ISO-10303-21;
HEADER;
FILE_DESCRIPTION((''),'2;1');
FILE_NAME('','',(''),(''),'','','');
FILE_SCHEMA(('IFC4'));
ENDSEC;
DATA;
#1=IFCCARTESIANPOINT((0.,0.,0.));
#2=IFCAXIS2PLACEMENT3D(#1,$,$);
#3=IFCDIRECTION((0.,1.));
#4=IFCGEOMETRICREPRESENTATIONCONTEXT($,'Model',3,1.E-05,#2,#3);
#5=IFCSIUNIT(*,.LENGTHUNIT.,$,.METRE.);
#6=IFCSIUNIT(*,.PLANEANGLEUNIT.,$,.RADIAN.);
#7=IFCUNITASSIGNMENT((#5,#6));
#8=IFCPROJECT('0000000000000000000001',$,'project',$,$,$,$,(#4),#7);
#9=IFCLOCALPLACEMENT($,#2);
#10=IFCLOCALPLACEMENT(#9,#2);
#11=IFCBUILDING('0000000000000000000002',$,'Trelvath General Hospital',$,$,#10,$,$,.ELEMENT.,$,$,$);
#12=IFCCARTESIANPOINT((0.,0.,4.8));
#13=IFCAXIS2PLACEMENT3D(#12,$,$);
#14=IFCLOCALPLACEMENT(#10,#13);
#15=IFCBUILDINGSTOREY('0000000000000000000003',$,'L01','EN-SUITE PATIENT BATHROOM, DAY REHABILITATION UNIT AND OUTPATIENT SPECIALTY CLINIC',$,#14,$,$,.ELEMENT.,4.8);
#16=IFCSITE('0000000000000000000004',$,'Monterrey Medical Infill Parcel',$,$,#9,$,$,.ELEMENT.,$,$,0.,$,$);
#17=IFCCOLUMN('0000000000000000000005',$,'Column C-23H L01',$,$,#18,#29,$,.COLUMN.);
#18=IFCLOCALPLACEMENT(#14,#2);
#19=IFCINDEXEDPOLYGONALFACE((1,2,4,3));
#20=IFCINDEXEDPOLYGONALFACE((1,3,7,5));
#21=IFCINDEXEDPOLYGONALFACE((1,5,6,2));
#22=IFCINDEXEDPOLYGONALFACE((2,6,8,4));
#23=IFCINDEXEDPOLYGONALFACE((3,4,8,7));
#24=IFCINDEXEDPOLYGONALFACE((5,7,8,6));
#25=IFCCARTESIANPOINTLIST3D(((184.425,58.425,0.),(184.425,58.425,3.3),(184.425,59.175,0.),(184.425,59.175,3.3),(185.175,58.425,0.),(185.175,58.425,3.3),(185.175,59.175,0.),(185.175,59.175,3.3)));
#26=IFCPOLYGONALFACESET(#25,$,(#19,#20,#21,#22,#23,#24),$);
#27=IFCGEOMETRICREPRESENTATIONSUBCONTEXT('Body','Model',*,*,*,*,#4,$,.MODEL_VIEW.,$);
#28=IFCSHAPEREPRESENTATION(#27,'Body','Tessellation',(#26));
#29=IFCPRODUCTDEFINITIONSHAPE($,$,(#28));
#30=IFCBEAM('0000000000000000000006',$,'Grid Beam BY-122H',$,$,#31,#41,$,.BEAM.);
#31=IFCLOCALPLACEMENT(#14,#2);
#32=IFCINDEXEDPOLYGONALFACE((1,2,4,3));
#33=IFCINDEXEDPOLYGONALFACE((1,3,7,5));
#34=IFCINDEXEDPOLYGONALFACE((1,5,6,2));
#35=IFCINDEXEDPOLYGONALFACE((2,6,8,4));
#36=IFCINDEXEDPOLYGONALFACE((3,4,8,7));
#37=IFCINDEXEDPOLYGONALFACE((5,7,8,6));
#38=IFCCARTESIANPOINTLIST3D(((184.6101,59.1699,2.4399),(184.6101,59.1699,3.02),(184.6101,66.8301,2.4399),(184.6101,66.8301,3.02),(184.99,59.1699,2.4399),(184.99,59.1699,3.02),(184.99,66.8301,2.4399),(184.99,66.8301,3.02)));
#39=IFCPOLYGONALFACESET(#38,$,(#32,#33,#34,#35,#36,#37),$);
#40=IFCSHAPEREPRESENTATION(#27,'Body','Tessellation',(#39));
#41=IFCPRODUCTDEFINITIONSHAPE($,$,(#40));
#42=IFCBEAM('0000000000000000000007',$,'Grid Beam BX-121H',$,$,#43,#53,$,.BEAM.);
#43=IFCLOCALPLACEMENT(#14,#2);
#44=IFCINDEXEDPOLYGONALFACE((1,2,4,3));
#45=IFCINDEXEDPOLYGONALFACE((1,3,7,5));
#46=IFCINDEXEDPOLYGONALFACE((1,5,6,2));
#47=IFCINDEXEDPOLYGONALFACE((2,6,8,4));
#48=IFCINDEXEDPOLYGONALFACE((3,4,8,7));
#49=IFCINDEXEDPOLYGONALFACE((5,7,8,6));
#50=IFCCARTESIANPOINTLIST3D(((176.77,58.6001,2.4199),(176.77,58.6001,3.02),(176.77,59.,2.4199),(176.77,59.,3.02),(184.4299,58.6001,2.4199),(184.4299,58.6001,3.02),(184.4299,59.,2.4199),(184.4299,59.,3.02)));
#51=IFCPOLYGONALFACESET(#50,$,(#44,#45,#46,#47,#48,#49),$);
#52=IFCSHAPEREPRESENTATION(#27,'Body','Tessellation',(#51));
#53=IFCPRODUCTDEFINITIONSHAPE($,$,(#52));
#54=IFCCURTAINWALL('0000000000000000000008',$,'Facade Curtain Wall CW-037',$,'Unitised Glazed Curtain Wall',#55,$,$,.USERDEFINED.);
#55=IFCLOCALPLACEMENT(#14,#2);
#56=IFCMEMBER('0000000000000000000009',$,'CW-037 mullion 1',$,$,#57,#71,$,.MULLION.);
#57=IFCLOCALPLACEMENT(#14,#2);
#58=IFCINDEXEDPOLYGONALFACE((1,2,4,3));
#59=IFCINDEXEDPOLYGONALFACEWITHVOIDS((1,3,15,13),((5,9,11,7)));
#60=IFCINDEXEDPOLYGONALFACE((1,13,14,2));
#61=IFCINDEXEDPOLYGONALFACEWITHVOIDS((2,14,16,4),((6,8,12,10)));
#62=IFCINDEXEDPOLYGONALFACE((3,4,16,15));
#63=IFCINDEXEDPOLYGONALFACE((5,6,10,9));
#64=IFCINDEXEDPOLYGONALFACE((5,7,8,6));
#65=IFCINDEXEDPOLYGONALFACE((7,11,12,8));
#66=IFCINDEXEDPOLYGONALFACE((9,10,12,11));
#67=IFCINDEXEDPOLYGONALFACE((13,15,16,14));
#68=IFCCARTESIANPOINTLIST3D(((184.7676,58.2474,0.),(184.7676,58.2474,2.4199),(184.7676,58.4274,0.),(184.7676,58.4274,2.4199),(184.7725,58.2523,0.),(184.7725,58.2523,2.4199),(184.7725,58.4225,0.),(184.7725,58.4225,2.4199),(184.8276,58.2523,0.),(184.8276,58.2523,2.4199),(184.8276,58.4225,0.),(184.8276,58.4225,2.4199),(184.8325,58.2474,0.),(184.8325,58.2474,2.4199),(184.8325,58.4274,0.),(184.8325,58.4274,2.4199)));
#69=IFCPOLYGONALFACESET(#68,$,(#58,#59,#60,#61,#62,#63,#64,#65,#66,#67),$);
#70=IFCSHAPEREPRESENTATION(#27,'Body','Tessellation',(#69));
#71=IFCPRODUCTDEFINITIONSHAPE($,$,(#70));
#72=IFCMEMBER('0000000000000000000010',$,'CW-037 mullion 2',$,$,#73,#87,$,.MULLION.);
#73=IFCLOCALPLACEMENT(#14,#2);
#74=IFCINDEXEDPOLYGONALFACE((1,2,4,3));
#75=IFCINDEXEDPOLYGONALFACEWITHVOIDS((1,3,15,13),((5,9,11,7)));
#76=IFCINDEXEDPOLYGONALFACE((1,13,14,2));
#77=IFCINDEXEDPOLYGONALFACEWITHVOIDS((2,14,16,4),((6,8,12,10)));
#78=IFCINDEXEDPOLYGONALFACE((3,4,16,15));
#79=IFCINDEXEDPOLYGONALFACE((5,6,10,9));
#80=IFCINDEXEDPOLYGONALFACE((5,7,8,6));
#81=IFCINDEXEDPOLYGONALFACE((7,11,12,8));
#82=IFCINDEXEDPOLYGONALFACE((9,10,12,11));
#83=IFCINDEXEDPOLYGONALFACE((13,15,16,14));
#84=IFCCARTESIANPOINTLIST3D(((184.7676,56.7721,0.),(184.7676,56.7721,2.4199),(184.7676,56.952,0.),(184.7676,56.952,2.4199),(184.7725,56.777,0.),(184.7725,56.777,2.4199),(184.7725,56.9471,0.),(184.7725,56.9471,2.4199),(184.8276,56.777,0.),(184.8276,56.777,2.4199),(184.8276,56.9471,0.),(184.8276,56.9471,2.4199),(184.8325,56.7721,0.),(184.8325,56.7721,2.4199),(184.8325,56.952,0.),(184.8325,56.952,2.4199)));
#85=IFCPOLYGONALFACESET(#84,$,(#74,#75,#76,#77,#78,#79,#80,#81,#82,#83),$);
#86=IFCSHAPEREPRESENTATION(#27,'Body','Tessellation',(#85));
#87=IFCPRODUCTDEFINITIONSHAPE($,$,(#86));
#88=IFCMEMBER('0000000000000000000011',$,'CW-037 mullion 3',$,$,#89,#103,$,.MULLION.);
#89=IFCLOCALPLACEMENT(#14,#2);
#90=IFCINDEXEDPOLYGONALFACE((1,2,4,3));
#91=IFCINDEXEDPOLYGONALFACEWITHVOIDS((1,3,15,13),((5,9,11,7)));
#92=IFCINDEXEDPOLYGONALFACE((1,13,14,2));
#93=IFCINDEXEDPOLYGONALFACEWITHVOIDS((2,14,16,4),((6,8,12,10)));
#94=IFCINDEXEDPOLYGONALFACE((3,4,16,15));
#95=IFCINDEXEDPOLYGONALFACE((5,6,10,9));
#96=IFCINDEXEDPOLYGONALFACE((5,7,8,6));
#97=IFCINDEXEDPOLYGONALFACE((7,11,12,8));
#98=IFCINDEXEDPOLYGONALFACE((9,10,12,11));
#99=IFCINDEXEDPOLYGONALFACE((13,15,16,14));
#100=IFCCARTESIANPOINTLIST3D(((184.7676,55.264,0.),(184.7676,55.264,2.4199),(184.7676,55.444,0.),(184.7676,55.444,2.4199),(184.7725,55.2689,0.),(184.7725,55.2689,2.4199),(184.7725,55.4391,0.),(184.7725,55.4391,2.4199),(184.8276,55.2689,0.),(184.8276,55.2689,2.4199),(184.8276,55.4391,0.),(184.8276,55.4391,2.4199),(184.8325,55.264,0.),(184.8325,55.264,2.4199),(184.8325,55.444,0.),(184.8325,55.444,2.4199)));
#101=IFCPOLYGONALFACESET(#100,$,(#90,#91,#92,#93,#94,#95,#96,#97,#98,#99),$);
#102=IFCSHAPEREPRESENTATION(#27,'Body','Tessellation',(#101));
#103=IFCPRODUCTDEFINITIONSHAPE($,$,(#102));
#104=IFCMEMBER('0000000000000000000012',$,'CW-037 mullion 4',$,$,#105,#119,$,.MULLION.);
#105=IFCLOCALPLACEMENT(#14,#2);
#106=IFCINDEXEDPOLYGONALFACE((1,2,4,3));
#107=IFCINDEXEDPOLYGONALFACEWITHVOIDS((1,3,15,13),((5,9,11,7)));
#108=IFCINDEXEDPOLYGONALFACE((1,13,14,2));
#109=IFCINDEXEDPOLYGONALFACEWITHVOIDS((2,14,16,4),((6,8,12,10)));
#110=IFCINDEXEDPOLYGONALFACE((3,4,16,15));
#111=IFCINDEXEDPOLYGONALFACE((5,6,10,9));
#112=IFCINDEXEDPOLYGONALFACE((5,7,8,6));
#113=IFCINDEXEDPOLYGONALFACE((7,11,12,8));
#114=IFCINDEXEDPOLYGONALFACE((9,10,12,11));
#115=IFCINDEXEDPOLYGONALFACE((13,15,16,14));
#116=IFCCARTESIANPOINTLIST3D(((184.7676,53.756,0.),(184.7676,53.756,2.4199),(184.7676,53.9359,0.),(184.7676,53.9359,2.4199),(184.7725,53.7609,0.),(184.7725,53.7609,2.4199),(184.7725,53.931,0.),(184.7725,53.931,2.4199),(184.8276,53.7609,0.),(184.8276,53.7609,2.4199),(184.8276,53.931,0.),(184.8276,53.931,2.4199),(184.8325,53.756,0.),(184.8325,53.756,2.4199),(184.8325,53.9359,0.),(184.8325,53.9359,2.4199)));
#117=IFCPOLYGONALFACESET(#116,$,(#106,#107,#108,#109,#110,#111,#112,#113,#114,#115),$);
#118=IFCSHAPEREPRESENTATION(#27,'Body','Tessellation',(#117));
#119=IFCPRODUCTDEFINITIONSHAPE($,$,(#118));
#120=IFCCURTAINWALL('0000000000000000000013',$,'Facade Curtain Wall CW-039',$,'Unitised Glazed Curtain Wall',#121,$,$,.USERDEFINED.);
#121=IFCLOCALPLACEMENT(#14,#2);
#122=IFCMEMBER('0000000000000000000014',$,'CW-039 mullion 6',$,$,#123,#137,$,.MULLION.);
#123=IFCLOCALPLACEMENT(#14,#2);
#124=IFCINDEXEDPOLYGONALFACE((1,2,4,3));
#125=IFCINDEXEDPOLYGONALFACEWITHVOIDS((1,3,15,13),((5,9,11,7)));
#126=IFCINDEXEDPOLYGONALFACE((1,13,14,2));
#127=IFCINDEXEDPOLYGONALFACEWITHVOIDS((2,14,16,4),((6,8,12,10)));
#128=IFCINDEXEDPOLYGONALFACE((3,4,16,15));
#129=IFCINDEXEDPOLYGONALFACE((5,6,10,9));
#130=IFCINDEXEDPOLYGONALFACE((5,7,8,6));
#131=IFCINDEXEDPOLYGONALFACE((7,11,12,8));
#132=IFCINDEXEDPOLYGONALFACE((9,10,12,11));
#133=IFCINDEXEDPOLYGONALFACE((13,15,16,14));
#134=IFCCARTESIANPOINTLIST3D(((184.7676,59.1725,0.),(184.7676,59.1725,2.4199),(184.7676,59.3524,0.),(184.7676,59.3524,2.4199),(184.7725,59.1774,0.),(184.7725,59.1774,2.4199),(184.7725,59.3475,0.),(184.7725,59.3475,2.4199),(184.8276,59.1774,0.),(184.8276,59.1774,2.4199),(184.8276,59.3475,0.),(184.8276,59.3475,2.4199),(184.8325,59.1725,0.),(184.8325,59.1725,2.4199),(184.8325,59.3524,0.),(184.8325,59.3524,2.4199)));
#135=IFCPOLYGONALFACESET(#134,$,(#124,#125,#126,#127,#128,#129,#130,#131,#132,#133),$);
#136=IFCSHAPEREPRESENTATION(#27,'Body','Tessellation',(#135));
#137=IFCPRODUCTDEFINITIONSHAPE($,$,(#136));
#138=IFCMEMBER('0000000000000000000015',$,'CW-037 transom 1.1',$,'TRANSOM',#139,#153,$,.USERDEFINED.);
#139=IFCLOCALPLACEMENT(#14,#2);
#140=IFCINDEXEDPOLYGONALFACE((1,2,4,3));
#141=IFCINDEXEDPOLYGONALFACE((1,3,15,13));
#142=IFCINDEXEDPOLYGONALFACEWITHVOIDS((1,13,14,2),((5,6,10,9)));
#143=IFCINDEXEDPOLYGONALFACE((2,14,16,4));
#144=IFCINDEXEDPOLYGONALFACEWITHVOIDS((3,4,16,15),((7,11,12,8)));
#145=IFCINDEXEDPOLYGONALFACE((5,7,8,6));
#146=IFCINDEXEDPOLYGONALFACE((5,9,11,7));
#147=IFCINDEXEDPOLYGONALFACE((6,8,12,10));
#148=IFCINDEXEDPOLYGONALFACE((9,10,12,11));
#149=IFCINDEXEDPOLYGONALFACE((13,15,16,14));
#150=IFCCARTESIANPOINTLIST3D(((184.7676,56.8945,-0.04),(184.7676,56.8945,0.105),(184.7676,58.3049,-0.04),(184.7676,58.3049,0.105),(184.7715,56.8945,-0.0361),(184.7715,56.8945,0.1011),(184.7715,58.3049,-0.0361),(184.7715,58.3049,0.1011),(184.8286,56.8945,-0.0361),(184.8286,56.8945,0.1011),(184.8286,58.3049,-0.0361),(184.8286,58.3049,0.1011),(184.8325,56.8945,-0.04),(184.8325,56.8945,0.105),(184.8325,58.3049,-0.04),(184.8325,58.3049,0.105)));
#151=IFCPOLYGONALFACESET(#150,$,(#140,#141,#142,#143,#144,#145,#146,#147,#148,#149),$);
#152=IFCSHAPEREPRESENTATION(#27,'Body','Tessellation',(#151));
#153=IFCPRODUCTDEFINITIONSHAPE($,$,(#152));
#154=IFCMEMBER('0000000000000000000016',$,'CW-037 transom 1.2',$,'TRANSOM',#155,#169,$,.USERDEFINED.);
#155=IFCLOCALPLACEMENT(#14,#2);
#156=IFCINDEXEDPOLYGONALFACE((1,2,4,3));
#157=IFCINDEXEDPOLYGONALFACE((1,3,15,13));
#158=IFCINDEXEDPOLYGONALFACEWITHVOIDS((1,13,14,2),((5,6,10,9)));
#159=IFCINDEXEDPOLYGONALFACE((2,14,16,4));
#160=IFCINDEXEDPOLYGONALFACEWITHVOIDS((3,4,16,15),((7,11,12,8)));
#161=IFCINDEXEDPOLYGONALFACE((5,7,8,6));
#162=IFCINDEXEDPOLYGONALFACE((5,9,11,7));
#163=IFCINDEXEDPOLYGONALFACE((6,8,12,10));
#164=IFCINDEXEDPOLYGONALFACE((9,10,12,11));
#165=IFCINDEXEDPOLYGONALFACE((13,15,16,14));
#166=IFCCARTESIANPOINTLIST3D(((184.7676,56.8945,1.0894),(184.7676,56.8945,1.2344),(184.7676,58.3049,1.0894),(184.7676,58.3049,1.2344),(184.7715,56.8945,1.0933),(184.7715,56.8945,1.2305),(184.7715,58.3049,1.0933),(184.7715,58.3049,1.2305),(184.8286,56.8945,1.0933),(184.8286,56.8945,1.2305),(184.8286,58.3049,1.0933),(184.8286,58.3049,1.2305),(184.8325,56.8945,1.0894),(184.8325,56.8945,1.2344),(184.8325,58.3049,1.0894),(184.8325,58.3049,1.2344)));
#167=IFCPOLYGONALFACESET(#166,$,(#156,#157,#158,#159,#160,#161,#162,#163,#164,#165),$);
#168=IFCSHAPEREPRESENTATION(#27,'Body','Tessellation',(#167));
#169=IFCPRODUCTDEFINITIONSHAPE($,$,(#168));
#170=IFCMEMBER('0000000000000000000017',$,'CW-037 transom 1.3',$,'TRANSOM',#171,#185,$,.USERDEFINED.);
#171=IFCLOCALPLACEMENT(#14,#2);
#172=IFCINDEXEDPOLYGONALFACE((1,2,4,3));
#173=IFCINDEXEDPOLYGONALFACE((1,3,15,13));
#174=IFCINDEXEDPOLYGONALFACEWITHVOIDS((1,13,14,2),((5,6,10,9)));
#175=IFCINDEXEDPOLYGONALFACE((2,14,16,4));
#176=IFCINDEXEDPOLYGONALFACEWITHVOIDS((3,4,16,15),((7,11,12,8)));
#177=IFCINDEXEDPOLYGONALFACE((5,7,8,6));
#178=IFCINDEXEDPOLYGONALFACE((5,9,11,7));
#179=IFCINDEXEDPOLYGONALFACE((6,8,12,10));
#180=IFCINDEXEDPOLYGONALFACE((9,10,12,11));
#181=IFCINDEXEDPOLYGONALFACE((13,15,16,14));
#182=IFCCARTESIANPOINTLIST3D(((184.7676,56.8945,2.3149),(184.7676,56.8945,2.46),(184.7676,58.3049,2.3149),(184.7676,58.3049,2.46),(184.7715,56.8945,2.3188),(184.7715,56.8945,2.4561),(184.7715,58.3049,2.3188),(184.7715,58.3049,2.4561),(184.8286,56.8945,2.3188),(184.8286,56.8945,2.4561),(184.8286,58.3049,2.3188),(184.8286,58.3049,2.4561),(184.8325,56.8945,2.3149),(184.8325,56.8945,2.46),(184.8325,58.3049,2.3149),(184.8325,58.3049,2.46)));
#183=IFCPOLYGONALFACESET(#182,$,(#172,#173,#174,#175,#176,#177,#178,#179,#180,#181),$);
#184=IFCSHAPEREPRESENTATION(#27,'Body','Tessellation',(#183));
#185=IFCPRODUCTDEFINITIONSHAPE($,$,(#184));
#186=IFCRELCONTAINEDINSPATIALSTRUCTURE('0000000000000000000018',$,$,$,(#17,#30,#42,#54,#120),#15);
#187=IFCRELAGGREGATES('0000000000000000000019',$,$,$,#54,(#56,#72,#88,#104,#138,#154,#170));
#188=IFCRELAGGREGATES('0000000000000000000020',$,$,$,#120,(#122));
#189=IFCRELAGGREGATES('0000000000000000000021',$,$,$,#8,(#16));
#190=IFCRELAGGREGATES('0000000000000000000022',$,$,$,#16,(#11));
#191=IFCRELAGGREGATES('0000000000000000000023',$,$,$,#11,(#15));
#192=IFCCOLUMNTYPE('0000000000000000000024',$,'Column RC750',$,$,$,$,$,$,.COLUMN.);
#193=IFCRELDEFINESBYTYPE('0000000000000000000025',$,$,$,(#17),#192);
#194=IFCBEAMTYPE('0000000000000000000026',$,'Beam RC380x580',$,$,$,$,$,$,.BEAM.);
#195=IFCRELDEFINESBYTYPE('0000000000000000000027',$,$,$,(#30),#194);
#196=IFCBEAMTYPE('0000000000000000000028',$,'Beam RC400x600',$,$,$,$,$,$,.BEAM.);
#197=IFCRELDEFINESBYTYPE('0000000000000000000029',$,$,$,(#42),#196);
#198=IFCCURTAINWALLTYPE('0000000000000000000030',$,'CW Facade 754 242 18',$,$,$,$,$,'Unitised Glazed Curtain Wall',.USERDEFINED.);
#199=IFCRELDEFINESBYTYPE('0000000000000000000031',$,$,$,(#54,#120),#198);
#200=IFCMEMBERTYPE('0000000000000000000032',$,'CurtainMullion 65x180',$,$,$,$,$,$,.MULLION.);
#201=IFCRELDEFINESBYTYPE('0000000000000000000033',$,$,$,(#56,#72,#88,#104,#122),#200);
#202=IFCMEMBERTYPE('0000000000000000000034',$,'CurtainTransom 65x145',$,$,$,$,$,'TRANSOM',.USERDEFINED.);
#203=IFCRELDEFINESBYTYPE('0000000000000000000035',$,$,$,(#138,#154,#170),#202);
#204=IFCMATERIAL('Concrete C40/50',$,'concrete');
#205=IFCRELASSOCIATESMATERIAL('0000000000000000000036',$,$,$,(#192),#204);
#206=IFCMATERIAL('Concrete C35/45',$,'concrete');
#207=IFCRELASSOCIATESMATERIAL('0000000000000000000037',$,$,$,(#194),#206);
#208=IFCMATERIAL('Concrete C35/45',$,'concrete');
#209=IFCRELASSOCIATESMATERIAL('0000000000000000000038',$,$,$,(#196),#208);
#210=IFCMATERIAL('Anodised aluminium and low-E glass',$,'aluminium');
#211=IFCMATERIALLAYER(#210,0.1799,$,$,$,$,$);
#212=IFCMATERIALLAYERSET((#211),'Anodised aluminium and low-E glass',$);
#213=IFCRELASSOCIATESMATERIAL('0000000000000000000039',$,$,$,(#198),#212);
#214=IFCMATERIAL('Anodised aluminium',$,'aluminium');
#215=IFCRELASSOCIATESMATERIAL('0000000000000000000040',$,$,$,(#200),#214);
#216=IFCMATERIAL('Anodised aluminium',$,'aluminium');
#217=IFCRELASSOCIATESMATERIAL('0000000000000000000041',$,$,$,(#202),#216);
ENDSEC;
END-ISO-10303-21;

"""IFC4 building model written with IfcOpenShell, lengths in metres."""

from ifc_helpers import new_model, si_unit, direction, frame, origin, origin_2d, place, context, subcontext, project, spatial, rectangle, hollow_rectangle, extrude, material, layer, layer_set, material_profile, profile_set, type_object, element, aggregate, save


model = new_model("IFC4")

# Units and contexts
model_context = context("Model", 3, precision=1e-05, world=origin(), true_north=direction((0.0, 1.0)))
body_context = subcontext(model_context, "Body", "Model", "MODEL_VIEW")
ifc_project = project(units=[si_unit("LENGTHUNIT", "METRE"), si_unit("PLANEANGLEUNIT", "RADIAN")], contexts=[model_context])

# Site, building, storey
site_placement = place(None, origin())
site = spatial("IfcSite", under=ifc_project, at=site_placement, Name="Monterrey Medical Infill Parcel", CompositionType="ELEMENT", RefElevation=0.0)
building_placement = place(site_placement, origin())
building = spatial("IfcBuilding", under=site, at=building_placement, Name="Trelvath General Hospital", CompositionType="ELEMENT")
storey_placement = place(building_placement, frame((0.0, 0.0, 4.8)))
storey = spatial("IfcBuildingStorey", under=building, at=storey_placement, Name="L01", Description="EN-SUITE PATIENT BATHROOM, DAY REHABILITATION UNIT AND OUTPATIENT SPECIALTY CLINIC", CompositionType="ELEMENT", Elevation=4.8)

# Column
ifc_material_1 = material(Name="Concrete C40/50", Category="concrete")
ifc_material_profile_1 = material_profile(ifc_material_1, rectangle(XDim=0.75, YDim=0.75, at=origin_2d()), Name="RC750x750")
ifc_profile_set_1 = profile_set([ifc_material_profile_1], Name="Concrete C40/50")
column_type = type_object("IfcColumnType", Name="Column RC750", PredefinedType="COLUMN", material=ifc_profile_set_1)
column_placement = place(storey_placement, frame((184.8, 58.8, 0.0), z_axis=(0.0, 0.0, 1.0), x_axis=(1.0, 0.0, 0.0)))
element("IfcColumn", 1, at=column_placement, inside=storey, type_object=column_type, Name="Column C-23H L01", PredefinedType="COLUMN", context=body_context, shape_type="SweptSolid", body=[
    extrude(rectangle(XDim=0.75, YDim=0.75, at=origin_2d()), origin(), (0.0, 0.0, 1.0), 3.3),
])

# Beams
ifc_material_2 = material(Name="Concrete C35/45", Category="concrete")
ifc_material_profile_2 = material_profile(ifc_material_2, rectangle(XDim=0.3799, YDim=0.5801, at=origin_2d()), Name="RCB380x580")
ifc_profile_set_2 = profile_set([ifc_material_profile_2], Name="Concrete C35/45")
beam_type_1 = type_object("IfcBeamType", Name="Beam RC380x580", PredefinedType="BEAM", material=ifc_profile_set_2)
beam_1_placement = place(storey_placement, frame((184.8, 59.1699, 2.73), z_axis=(0.0, 1.0, 0.0), x_axis=(-1.0, 0.0, 0.0)))
element("IfcBeam", 2, at=beam_1_placement, inside=storey, type_object=beam_type_1, Name="Grid Beam BY-122H", PredefinedType="BEAM", context=body_context, shape_type="SweptSolid", body=[
    extrude(rectangle(XDim=0.3799, YDim=0.5801, at=origin_2d()), origin(), (0.0, 0.0, 1.0), 7.6602),
])
ifc_material_3 = material(Name="Concrete C35/45", Category="concrete")
ifc_material_profile_3 = material_profile(ifc_material_3, rectangle(XDim=0.3999, YDim=0.6001, at=origin_2d()), Name="RCB400x600")
ifc_profile_set_3 = profile_set([ifc_material_profile_3], Name="Concrete C35/45")
beam_type_2 = type_object("IfcBeamType", Name="Beam RC400x600", PredefinedType="BEAM", material=ifc_profile_set_3)
beam_2_placement = place(storey_placement, frame((176.77, 58.8, 2.72), z_axis=(1.0, 0.0, 0.0), x_axis=(0.0, 1.0, 0.0)))
element("IfcBeam", 3, at=beam_2_placement, inside=storey, type_object=beam_type_2, Name="Grid Beam BX-121H", PredefinedType="BEAM", context=body_context, shape_type="SweptSolid", body=[
    extrude(rectangle(XDim=0.3999, YDim=0.6001, at=origin_2d()), origin(), (0.0, 0.0, 1.0), 7.6599),
])

# Curtain wall, members
ifc_material_4 = material(Name="Anodised aluminium and low-E glass", Category="aluminium")
ifc_layer_1 = layer(ifc_material_4, 0.1799)
ifc_layer_set_1 = layer_set([ifc_layer_1], Name="Anodised aluminium and low-E glass")
curtain_wall_type = type_object("IfcCurtainWallType", Name="CW Facade 754 242 18", ElementType="Unitised Glazed Curtain Wall", PredefinedType="USERDEFINED", material=ifc_layer_set_1)
curtain_wall_1_placement = place(storey_placement, origin())
curtain_wall_1 = element("IfcCurtainWall", 4, at=curtain_wall_1_placement, inside=storey, type_object=curtain_wall_type, Name="Facade Curtain Wall CW-037", ObjectType="Unitised Glazed Curtain Wall", PredefinedType="USERDEFINED")
ifc_material_5 = material(Name="Anodised aluminium", Category="aluminium")
ifc_material_profile_4 = material_profile(ifc_material_5, hollow_rectangle(XDim=0.0649, YDim=0.1799, WallThickness=0.0049, at=origin_2d()), Name="RHS65x180x5")
ifc_profile_set_4 = profile_set([ifc_material_profile_4], Name="Anodised aluminium")
member_type_1 = type_object("IfcMemberType", Name="CurtainMullion 65x180", PredefinedType="MULLION", material=ifc_profile_set_4)
member_1_placement = place(storey_placement, frame((184.8, 58.3374, 0.0), z_axis=(0.0, 0.0, 1.0), x_axis=(1.0, 0.0, 0.0)))
member_1 = element("IfcMember", 5, at=member_1_placement, type_object=member_type_1, Name="CW-037 mullion 1", PredefinedType="MULLION", context=body_context, shape_type="SweptSolid", body=[
    extrude(hollow_rectangle(XDim=0.0649, YDim=0.1799, WallThickness=0.0049, at=origin_2d()), origin(), (0.0, 0.0, 1.0), 2.4199),
])
member_2_placement = place(storey_placement, frame((184.8, 56.8621, 0.0), z_axis=(0.0, 0.0, 1.0), x_axis=(1.0, 0.0, 0.0)))
member_2 = element("IfcMember", 6, at=member_2_placement, type_object=member_type_1, Name="CW-037 mullion 2", PredefinedType="MULLION", context=body_context, shape_type="SweptSolid", body=[
    extrude(hollow_rectangle(XDim=0.0649, YDim=0.1799, WallThickness=0.0049, at=origin_2d()), origin(), (0.0, 0.0, 1.0), 2.4199),
])
member_3_placement = place(storey_placement, frame((184.8, 55.354, 0.0), z_axis=(0.0, 0.0, 1.0), x_axis=(1.0, 0.0, 0.0)))
member_3 = element("IfcMember", 7, at=member_3_placement, type_object=member_type_1, Name="CW-037 mullion 3", PredefinedType="MULLION", context=body_context, shape_type="SweptSolid", body=[
    extrude(hollow_rectangle(XDim=0.0649, YDim=0.1799, WallThickness=0.0049, at=origin_2d()), origin(), (0.0, 0.0, 1.0), 2.4199),
])
member_4_placement = place(storey_placement, frame((184.8, 53.8459, 0.0), z_axis=(0.0, 0.0, 1.0), x_axis=(1.0, 0.0, 0.0)))
member_4 = element("IfcMember", 8, at=member_4_placement, type_object=member_type_1, Name="CW-037 mullion 4", PredefinedType="MULLION", context=body_context, shape_type="SweptSolid", body=[
    extrude(hollow_rectangle(XDim=0.0649, YDim=0.1799, WallThickness=0.0049, at=origin_2d()), origin(), (0.0, 0.0, 1.0), 2.4199),
])

# Curtain wall, member
curtain_wall_2_placement = place(storey_placement, origin())
curtain_wall_2 = element("IfcCurtainWall", 9, at=curtain_wall_2_placement, inside=storey, type_object=curtain_wall_type, Name="Facade Curtain Wall CW-039", ObjectType="Unitised Glazed Curtain Wall", PredefinedType="USERDEFINED")
member_5_placement = place(storey_placement, frame((184.8, 59.2625, 0.0), z_axis=(0.0, 0.0, 1.0), x_axis=(1.0, 0.0, 0.0)))
member_5 = element("IfcMember", 10, at=member_5_placement, type_object=member_type_1, Name="CW-039 mullion 6", PredefinedType="MULLION", context=body_context, shape_type="SweptSolid", body=[
    extrude(hollow_rectangle(XDim=0.0649, YDim=0.1799, WallThickness=0.0049, at=origin_2d()), origin(), (0.0, 0.0, 1.0), 2.4199),
])

# Members
ifc_material_6 = material(Name="Anodised aluminium", Category="aluminium")
ifc_material_profile_5 = material_profile(ifc_material_6, hollow_rectangle(XDim=0.0649, YDim=0.145, WallThickness=0.0039, at=origin_2d()), Name="RHS65x145x4")
ifc_profile_set_5 = profile_set([ifc_material_profile_5], Name="Anodised aluminium")
member_type_2 = type_object("IfcMemberType", Name="CurtainTransom 65x145", ElementType="TRANSOM", PredefinedType="USERDEFINED", material=ifc_profile_set_5)
member_6_placement = place(storey_placement, frame((184.8, 58.3049, 0.0325), z_axis=(0.0, -1.0, 0.0), x_axis=(1.0, 0.0, 0.0)))
member_6 = element("IfcMember", 11, at=member_6_placement, type_object=member_type_2, Name="CW-037 transom 1.1", ObjectType="TRANSOM", PredefinedType="USERDEFINED", context=body_context, shape_type="SweptSolid", body=[
    extrude(hollow_rectangle(XDim=0.0649, YDim=0.145, WallThickness=0.0039, at=origin_2d()), origin(), (0.0, 0.0, 1.0), 1.4104),
])
member_7_placement = place(storey_placement, frame((184.8, 58.3049, 1.1619), z_axis=(0.0, -1.0, 0.0), x_axis=(1.0, 0.0, 0.0)))
member_7 = element("IfcMember", 12, at=member_7_placement, type_object=member_type_2, Name="CW-037 transom 1.2", ObjectType="TRANSOM", PredefinedType="USERDEFINED", context=body_context, shape_type="SweptSolid", body=[
    extrude(hollow_rectangle(XDim=0.0649, YDim=0.145, WallThickness=0.0039, at=origin_2d()), origin(), (0.0, 0.0, 1.0), 1.4104),
])
member_8_placement = place(storey_placement, frame((184.8, 58.3049, 2.3875), z_axis=(0.0, -1.0, 0.0), x_axis=(1.0, 0.0, 0.0)))
member_8 = element("IfcMember", 13, at=member_8_placement, type_object=member_type_2, Name="CW-037 transom 1.3", ObjectType="TRANSOM", PredefinedType="USERDEFINED", context=body_context, shape_type="SweptSolid", body=[
    extrude(hollow_rectangle(XDim=0.0649, YDim=0.145, WallThickness=0.0039, at=origin_2d()), origin(), (0.0, 0.0, 1.0), 1.4104),
])

aggregate(curtain_wall_1, [member_1, member_2, member_3, member_4, member_6, member_7, member_8])
aggregate(curtain_wall_2, [member_5])

save(model, "model.ifc")
